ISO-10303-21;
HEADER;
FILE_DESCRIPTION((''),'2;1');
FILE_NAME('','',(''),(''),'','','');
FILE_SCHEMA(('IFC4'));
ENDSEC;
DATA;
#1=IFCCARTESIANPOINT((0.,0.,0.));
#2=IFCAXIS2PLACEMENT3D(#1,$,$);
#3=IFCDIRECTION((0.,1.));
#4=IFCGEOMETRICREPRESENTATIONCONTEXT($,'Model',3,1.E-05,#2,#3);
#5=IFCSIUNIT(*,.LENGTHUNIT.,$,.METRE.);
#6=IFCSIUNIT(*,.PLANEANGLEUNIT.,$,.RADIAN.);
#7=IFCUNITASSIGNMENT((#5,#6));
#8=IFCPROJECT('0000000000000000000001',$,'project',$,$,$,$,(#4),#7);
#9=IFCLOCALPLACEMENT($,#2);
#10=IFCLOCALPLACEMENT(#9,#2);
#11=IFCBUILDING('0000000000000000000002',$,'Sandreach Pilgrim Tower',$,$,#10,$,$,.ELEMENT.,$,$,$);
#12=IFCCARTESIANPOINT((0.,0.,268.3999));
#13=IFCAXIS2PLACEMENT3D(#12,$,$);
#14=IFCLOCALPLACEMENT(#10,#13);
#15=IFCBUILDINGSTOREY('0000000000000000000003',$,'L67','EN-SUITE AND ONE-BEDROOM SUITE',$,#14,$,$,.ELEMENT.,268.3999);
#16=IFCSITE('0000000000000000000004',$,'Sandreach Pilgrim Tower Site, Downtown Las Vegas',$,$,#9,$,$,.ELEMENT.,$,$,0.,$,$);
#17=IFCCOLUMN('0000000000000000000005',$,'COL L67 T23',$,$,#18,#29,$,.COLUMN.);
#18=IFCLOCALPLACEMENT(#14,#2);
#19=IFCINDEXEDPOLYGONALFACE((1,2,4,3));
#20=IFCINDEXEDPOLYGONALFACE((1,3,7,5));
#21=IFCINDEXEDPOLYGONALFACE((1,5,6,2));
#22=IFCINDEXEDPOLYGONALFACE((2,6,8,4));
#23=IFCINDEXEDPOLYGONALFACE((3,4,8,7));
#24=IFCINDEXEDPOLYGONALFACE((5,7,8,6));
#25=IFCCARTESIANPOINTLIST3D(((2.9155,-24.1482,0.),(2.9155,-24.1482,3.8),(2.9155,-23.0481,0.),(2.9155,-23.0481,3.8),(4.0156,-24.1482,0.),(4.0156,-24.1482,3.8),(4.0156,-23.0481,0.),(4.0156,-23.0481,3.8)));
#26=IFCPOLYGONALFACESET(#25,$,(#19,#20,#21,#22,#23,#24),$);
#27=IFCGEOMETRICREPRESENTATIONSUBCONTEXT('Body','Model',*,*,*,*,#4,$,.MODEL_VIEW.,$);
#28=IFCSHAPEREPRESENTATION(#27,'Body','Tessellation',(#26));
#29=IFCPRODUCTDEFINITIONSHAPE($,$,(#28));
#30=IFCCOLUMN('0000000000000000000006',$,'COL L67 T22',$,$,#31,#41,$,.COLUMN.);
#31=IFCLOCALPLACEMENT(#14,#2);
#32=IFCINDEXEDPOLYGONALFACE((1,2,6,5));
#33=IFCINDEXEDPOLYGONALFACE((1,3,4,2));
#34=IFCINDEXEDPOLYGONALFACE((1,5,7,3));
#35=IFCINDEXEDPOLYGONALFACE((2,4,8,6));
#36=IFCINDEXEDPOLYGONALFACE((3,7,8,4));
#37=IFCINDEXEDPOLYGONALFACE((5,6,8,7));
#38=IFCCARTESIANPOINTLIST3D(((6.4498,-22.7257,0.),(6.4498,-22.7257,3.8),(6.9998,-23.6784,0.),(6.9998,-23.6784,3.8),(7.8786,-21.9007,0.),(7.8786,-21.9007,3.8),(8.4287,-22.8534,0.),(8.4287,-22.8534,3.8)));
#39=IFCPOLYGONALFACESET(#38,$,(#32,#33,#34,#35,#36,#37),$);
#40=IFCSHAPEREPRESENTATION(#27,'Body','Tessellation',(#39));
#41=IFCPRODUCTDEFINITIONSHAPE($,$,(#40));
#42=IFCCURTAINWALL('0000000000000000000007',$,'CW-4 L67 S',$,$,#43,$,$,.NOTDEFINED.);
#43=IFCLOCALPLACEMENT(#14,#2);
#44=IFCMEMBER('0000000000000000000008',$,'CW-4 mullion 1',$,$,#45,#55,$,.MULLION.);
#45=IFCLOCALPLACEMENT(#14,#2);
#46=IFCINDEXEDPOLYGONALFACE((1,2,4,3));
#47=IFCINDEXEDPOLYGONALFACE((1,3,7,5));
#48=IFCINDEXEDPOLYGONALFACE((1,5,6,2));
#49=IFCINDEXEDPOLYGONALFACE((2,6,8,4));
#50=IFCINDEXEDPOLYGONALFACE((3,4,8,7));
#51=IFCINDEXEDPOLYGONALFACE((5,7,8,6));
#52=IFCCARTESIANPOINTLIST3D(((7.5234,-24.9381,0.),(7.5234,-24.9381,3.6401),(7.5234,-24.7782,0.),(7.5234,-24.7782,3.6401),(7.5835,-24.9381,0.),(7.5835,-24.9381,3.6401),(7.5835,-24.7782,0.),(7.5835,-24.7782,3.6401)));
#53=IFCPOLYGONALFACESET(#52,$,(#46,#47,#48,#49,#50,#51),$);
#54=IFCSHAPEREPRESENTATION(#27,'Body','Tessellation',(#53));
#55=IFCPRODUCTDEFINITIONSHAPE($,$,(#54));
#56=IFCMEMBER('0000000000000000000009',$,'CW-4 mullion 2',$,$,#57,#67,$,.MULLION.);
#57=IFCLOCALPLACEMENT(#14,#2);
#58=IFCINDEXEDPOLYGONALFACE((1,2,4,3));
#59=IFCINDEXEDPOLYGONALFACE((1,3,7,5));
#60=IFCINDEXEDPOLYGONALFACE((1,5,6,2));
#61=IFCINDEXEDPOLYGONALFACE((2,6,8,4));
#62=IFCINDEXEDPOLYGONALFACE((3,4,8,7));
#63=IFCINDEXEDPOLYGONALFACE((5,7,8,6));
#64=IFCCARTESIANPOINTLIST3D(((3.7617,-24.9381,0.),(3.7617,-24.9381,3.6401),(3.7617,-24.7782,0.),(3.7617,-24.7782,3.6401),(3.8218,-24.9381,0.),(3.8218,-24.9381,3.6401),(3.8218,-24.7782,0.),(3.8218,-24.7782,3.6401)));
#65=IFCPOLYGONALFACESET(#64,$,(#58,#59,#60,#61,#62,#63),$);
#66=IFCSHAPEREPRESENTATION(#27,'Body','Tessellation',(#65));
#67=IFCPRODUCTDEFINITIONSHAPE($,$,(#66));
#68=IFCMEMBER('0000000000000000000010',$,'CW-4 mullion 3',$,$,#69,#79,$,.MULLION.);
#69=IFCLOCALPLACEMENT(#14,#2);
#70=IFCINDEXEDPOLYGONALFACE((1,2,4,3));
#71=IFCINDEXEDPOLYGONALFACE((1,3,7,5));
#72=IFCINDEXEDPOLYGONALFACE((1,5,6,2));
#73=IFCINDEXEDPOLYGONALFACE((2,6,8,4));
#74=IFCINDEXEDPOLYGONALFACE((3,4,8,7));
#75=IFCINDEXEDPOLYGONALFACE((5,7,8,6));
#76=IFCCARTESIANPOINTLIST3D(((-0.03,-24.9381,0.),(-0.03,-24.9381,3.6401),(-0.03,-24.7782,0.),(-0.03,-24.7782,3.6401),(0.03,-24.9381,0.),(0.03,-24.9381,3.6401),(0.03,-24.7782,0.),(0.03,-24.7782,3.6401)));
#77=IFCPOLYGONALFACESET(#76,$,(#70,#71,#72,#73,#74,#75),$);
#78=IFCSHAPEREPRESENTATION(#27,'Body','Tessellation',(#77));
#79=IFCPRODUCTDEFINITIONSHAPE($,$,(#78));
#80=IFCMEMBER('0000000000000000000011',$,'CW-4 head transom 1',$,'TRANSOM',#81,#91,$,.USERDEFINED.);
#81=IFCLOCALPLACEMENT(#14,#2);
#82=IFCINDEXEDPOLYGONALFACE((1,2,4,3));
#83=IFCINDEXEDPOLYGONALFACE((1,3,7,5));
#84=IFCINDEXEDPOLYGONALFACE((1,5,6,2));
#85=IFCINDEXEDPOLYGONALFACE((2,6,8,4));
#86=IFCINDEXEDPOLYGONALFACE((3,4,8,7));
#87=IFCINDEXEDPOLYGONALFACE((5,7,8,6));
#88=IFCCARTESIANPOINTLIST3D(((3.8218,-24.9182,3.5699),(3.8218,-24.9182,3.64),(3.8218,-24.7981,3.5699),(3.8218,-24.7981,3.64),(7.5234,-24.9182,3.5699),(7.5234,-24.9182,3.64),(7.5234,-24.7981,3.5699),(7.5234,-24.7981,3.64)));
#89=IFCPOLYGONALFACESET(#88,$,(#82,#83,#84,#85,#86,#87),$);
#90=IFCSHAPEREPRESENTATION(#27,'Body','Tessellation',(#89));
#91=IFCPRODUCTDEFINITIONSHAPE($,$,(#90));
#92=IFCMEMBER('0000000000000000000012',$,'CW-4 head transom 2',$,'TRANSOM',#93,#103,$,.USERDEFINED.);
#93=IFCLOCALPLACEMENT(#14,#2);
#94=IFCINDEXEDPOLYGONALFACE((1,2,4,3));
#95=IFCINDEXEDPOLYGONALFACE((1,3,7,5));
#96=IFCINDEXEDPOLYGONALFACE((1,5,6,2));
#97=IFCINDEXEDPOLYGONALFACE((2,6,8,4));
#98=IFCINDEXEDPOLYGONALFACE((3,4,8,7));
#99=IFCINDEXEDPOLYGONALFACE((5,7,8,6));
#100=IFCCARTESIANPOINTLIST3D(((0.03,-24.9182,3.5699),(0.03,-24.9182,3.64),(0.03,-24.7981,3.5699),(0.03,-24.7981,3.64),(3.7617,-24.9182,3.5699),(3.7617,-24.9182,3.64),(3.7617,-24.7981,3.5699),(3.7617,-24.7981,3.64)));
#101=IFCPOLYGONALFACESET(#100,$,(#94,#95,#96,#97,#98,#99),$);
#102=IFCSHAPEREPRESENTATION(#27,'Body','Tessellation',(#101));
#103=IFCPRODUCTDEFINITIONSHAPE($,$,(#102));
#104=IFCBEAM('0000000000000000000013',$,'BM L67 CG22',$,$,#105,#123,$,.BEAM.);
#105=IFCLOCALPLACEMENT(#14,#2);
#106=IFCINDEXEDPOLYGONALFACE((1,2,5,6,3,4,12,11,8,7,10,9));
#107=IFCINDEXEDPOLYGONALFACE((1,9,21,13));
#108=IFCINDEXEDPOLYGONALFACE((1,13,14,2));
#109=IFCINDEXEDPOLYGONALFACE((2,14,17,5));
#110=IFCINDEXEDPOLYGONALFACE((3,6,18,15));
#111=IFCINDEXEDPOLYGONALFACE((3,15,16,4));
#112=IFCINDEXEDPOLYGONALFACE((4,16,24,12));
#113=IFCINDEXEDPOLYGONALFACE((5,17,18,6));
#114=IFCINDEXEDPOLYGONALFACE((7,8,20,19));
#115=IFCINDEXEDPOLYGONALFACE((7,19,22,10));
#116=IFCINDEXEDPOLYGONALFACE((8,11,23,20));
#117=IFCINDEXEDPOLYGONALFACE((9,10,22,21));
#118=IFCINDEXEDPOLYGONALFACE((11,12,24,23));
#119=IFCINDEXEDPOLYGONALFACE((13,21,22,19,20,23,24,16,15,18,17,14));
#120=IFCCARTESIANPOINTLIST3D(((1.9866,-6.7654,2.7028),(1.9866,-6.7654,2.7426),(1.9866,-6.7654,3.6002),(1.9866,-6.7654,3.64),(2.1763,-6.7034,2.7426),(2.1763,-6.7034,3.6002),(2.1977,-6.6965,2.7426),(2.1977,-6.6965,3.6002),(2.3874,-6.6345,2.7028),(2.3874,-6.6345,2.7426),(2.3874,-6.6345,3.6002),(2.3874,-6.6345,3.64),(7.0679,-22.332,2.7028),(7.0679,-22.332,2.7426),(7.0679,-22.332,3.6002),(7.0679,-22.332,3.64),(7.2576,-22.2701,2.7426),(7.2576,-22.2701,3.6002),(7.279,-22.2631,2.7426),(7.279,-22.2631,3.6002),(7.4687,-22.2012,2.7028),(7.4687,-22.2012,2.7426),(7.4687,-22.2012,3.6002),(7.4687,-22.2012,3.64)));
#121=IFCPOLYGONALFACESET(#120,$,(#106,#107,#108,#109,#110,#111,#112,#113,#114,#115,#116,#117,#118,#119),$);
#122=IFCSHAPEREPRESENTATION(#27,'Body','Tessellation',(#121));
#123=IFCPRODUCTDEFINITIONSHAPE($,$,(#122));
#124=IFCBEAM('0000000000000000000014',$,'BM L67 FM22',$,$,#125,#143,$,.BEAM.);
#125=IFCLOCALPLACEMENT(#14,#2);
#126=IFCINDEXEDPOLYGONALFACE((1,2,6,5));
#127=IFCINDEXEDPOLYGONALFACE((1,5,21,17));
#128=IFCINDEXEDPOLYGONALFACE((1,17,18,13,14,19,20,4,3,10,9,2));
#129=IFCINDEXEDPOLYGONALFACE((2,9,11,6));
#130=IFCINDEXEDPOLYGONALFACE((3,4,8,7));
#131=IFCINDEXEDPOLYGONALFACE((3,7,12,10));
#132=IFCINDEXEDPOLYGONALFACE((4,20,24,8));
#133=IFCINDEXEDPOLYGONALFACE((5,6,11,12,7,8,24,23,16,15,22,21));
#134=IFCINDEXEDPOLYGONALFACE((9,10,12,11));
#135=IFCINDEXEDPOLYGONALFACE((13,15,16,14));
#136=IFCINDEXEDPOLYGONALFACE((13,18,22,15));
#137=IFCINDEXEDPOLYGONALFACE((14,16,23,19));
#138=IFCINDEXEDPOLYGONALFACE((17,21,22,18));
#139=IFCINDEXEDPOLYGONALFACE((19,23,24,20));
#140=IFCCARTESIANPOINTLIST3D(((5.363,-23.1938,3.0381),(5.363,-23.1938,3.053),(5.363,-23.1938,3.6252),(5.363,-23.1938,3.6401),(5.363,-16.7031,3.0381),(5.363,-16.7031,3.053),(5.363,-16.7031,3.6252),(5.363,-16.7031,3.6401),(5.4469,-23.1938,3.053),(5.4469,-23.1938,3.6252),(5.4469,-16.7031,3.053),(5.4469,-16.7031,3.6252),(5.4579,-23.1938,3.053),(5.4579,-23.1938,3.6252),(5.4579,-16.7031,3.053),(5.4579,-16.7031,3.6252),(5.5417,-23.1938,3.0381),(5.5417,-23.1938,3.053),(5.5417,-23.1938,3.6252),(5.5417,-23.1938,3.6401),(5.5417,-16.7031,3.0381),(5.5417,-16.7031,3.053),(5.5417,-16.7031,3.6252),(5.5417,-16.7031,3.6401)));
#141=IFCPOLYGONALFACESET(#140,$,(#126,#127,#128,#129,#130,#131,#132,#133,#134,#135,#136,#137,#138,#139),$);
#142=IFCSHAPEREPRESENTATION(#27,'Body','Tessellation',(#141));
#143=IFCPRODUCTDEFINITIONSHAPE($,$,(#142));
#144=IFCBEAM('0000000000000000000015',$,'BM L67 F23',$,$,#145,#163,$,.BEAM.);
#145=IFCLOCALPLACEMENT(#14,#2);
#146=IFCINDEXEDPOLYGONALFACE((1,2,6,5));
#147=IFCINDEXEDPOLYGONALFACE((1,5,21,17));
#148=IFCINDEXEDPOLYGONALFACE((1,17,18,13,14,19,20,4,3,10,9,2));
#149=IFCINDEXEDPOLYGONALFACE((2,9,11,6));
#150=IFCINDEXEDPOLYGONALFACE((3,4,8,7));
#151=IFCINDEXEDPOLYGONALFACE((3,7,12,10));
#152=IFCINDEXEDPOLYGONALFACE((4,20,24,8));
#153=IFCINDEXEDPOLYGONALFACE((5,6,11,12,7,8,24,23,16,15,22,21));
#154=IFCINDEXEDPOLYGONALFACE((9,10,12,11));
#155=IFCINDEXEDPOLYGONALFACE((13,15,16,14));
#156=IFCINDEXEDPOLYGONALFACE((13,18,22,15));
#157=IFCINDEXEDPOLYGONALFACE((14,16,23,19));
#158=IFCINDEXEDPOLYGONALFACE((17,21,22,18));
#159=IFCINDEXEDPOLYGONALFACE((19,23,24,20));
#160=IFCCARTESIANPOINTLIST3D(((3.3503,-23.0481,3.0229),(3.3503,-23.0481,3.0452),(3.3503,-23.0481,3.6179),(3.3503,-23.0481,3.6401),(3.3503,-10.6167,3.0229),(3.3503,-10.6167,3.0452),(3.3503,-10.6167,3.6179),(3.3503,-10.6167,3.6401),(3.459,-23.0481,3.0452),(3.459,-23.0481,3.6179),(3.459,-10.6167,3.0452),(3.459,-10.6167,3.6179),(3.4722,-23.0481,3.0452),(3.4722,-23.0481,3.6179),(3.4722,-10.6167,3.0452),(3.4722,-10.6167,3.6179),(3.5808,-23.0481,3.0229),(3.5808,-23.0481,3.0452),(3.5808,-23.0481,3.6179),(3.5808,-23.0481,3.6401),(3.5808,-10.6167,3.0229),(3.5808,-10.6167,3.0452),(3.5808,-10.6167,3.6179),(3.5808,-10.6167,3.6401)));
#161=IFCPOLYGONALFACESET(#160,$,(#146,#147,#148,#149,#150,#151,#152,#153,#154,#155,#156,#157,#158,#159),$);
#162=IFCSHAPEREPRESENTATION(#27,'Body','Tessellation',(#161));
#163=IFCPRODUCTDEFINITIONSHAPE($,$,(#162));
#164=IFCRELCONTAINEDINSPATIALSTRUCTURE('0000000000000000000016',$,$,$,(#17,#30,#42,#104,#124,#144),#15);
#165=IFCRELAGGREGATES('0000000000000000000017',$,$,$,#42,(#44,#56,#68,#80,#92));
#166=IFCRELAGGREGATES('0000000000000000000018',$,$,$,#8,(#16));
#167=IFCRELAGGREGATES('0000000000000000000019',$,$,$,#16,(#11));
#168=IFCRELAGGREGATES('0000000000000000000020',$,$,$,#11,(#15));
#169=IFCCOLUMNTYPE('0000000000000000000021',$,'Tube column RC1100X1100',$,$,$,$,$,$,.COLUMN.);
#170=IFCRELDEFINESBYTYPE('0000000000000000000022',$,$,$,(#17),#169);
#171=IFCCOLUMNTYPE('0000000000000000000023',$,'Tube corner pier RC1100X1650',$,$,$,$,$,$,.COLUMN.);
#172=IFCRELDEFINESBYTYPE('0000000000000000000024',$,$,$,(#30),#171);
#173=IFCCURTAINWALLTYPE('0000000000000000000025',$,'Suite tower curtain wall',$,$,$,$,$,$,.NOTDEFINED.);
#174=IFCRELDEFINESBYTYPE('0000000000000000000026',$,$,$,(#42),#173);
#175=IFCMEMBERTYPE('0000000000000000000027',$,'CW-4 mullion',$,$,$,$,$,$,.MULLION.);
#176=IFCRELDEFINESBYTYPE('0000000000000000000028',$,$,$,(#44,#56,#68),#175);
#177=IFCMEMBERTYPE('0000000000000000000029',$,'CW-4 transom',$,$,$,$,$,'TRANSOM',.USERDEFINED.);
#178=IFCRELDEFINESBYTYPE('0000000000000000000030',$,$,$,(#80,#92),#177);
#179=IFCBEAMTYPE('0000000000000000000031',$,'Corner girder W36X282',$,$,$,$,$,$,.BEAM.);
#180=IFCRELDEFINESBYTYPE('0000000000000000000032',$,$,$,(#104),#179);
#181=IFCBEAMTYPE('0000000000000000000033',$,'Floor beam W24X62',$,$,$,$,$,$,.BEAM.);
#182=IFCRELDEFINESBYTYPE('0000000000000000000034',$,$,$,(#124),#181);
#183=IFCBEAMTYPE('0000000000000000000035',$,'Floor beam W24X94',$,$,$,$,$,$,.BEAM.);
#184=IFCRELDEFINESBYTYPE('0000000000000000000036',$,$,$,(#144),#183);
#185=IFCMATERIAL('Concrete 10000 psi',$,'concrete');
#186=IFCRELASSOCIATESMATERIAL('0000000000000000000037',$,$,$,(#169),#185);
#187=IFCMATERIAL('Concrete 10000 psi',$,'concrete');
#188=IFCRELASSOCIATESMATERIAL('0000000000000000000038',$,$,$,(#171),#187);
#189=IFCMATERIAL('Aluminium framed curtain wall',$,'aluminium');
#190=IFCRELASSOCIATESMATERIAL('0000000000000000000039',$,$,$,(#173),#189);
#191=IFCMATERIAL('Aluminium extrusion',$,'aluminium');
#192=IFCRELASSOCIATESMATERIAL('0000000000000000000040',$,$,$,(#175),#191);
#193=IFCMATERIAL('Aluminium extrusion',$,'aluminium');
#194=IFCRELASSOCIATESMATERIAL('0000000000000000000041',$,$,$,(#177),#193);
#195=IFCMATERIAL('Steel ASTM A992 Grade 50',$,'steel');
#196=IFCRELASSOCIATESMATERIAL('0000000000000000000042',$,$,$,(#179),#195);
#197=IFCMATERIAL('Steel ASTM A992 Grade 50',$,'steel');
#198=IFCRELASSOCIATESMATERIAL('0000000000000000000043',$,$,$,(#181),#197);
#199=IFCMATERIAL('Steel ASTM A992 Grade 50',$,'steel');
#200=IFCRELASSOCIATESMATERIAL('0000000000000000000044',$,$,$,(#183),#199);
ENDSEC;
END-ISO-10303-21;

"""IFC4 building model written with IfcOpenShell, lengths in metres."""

from ifc_helpers import new_model, si_unit, direction, frame, origin, origin_2d, place, context, subcontext, project, spatial, rectangle, i_section, extrude, material, material_profile, profile_set, type_object, element, aggregate, save


model = new_model("IFC4")

# Units and contexts
model_context = context("Model", 3, precision=1e-05, world=origin(), true_north=direction((0.0, 1.0)))
body_context = subcontext(model_context, "Body", "Model", "MODEL_VIEW")
ifc_project = project(units=[si_unit("LENGTHUNIT", "METRE"), si_unit("PLANEANGLEUNIT", "RADIAN")], contexts=[model_context])

# Site, building, storey
site_placement = place(None, origin())
site = spatial("IfcSite", under=ifc_project, at=site_placement, Name="Sandreach Pilgrim Tower Site, Downtown Las Vegas", CompositionType="ELEMENT", RefElevation=0.0)
building_placement = place(site_placement, origin())
building = spatial("IfcBuilding", under=site, at=building_placement, Name="Sandreach Pilgrim Tower", CompositionType="ELEMENT")
storey_placement = place(building_placement, frame((0.0, 0.0, 268.3999)))
storey = spatial("IfcBuildingStorey", under=building, at=storey_placement, Name="L67", Description="EN-SUITE AND ONE-BEDROOM SUITE", CompositionType="ELEMENT", Elevation=268.3999)

# Columns
ifc_material_1 = material(Name="Concrete 10000 psi", Category="concrete")
ifc_material_profile_1 = material_profile(ifc_material_1, rectangle(XDim=1.1001, YDim=1.1001, at=origin_2d()), Name="RC1100X1100")
ifc_profile_set_1 = profile_set([ifc_material_profile_1], Name="Concrete 10000 psi")
column_type_1 = type_object("IfcColumnType", Name="Tube column RC1100X1100", PredefinedType="COLUMN", material=ifc_profile_set_1)
column_1_placement = place(storey_placement, frame((3.4656, -23.5981, 0.0), z_axis=(0.0, 0.0, 1.0), x_axis=(0.0, -1.0, 0.0)))
element("IfcColumn", 1, at=column_1_placement, inside=storey, type_object=column_type_1, Name="COL L67 T23", PredefinedType="COLUMN", context=body_context, shape_type="SweptSolid", body=[
    extrude(rectangle(XDim=1.1001, YDim=1.1001, at=origin_2d()), origin(), (0.0, 0.0, 1.0), 3.8),
])
ifc_material_2 = material(Name="Concrete 10000 psi", Category="concrete")
ifc_material_profile_2 = material_profile(ifc_material_2, rectangle(XDim=1.1001, YDim=1.6499, at=origin_2d()), Name="RC1100X1650")
ifc_profile_set_2 = profile_set([ifc_material_profile_2], Name="Concrete 10000 psi")
column_type_2 = type_object("IfcColumnType", Name="Tube corner pier RC1100X1650", PredefinedType="COLUMN", material=ifc_profile_set_2)
column_2_placement = place(storey_placement, frame((7.4392, -22.7896, 0.0), z_axis=(0.0, 0.0, 1.0), x_axis=(0.5, -0.866025, 0.0)))
element("IfcColumn", 2, at=column_2_placement, inside=storey, type_object=column_type_2, Name="COL L67 T22", PredefinedType="COLUMN", context=body_context, shape_type="SweptSolid", body=[
    extrude(rectangle(XDim=1.1001, YDim=1.6499, at=origin_2d()), origin(), (0.0, 0.0, 1.0), 3.8),
])

# Curtain wall, members
ifc_material_3 = material(Name="Aluminium framed curtain wall", Category="aluminium")
curtain_wall_type = type_object("IfcCurtainWallType", Name="Suite tower curtain wall", PredefinedType="NOTDEFINED", material=ifc_material_3)
curtain_wall_placement = place(storey_placement, origin())
curtain_wall = element("IfcCurtainWall", 3, at=curtain_wall_placement, inside=storey, type_object=curtain_wall_type, Name="CW-4 L67 S", PredefinedType="NOTDEFINED")
ifc_material_4 = material(Name="Aluminium extrusion", Category="aluminium")
ifc_material_profile_3 = material_profile(ifc_material_4, rectangle(XDim=0.0601, YDim=0.1599, at=origin_2d()), Name="CW-4M 60X160")
ifc_profile_set_3 = profile_set([ifc_material_profile_3], Name="Aluminium extrusion")
member_type_1 = type_object("IfcMemberType", Name="CW-4 mullion", PredefinedType="MULLION", material=ifc_profile_set_3)
member_1_placement = place(storey_placement, frame((7.5535, -24.8582, 0.0), z_axis=(0.0, 0.0, 1.0), x_axis=(-1.0, 0.0, 0.0)))
member_1 = element("IfcMember", 4, at=member_1_placement, type_object=member_type_1, Name="CW-4 mullion 1", PredefinedType="MULLION", context=body_context, shape_type="SweptSolid", body=[
    extrude(rectangle(XDim=0.0601, YDim=0.1599, at=origin_2d()), origin(), (0.0, 0.0, 1.0), 3.6401),
])
member_2_placement = place(storey_placement, frame((3.7917, -24.8582, 0.0), z_axis=(0.0, 0.0, 1.0), x_axis=(-1.0, 0.0, 0.0)))
member_2 = element("IfcMember", 5, at=member_2_placement, type_object=member_type_1, Name="CW-4 mullion 2", PredefinedType="MULLION", context=body_context, shape_type="SweptSolid", body=[
    extrude(rectangle(XDim=0.0601, YDim=0.1599, at=origin_2d()), origin(), (0.0, 0.0, 1.0), 3.6401),
])
member_3_placement = place(storey_placement, frame((0.0, -24.8582, 0.0), z_axis=(0.0, 0.0, 1.0), x_axis=(-1.0, 0.0, 0.0)))
member_3 = element("IfcMember", 6, at=member_3_placement, type_object=member_type_1, Name="CW-4 mullion 3", PredefinedType="MULLION", context=body_context, shape_type="SweptSolid", body=[
    extrude(rectangle(XDim=0.0601, YDim=0.1599, at=origin_2d()), origin(), (0.0, 0.0, 1.0), 3.6401),
])
ifc_material_5 = material(Name="Aluminium extrusion", Category="aluminium")
ifc_material_profile_4 = material_profile(ifc_material_5, rectangle(XDim=0.1201, YDim=0.0701, at=origin_2d()), Name="CW-4T 120X70")
ifc_profile_set_4 = profile_set([ifc_material_profile_4], Name="Aluminium extrusion")
member_type_2 = type_object("IfcMemberType", Name="CW-4 transom", ElementType="TRANSOM", PredefinedType="USERDEFINED", material=ifc_profile_set_4)
member_4_placement = place(storey_placement, frame((7.5234, -24.8582, 3.605), z_axis=(-1.0, 0.0, 0.0), x_axis=(0.0, -1.0, 0.0)))
member_4 = element("IfcMember", 7, at=member_4_placement, type_object=member_type_2, Name="CW-4 head transom 1", ObjectType="TRANSOM", PredefinedType="USERDEFINED", context=body_context, shape_type="SweptSolid", body=[
    extrude(rectangle(XDim=0.1201, YDim=0.0701, at=origin_2d()), origin(), (0.0, 0.0, 1.0), 3.7017),
])
member_5_placement = place(storey_placement, frame((3.7617, -24.8582, 3.605), z_axis=(-1.0, 0.0, 0.0), x_axis=(0.0, -1.0, 0.0)))
member_5 = element("IfcMember", 8, at=member_5_placement, type_object=member_type_2, Name="CW-4 head transom 2", ObjectType="TRANSOM", PredefinedType="USERDEFINED", context=body_context, shape_type="SweptSolid", body=[
    extrude(rectangle(XDim=0.1201, YDim=0.0701, at=origin_2d()), origin(), (0.0, 0.0, 1.0), 3.7317),
])

# Beams
ifc_material_6 = material(Name="Steel ASTM A992 Grade 50", Category="steel")
ifc_material_profile_5 = material_profile(ifc_material_6, i_section(OverallWidth=0.4216, OverallDepth=0.9373, WebThickness=0.0225, FlangeThickness=0.0398, at=origin_2d()), Name="W36X282")
ifc_profile_set_5 = profile_set([ifc_material_profile_5], Name="Steel ASTM A992 Grade 50")
beam_type_1 = type_object("IfcBeamType", Name="Corner girder W36X282", PredefinedType="BEAM", material=ifc_profile_set_5)
beam_1_placement = place(storey_placement, frame((7.2683, -22.2666, 3.1714), z_axis=(-0.310309, 0.950636, 0.0), x_axis=(-0.950636, -0.310309, 0.0)))
element("IfcBeam", 9, at=beam_1_placement, inside=storey, type_object=beam_type_1, Name="BM L67 CG22", PredefinedType="BEAM", context=body_context, shape_type="SweptSolid", body=[
    extrude(i_section(OverallWidth=0.4216, OverallDepth=0.9373, WebThickness=0.0225, FlangeThickness=0.0398, at=origin_2d()), origin(), (0.0, 0.0, 1.0), 16.375),
])
ifc_material_7 = material(Name="Steel ASTM A992 Grade 50", Category="steel")
ifc_material_profile_6 = material_profile(ifc_material_7, i_section(OverallWidth=0.1787, OverallDepth=0.6021, WebThickness=0.011, FlangeThickness=0.0149, at=origin_2d()), Name="W24X62")
ifc_profile_set_6 = profile_set([ifc_material_profile_6], Name="Steel ASTM A992 Grade 50")
beam_type_2 = type_object("IfcBeamType", Name="Floor beam W24X62", PredefinedType="BEAM", material=ifc_profile_set_6)
beam_2_placement = place(storey_placement, frame((5.4524, -23.1938, 3.3391), z_axis=(0.0, 1.0, 0.0), x_axis=(-1.0, 0.0, 0.0)))
element("IfcBeam", 10, at=beam_2_placement, inside=storey, type_object=beam_type_2, Name="BM L67 FM22", PredefinedType="BEAM", context=body_context, shape_type="SweptSolid", body=[
    extrude(i_section(OverallWidth=0.1787, OverallDepth=0.6021, WebThickness=0.011, FlangeThickness=0.0149, at=origin_2d()), origin(), (0.0, 0.0, 1.0), 6.4907),
])
ifc_material_8 = material(Name="Steel ASTM A992 Grade 50", Category="steel")
ifc_material_profile_7 = material_profile(ifc_material_8, i_section(OverallWidth=0.2305, OverallDepth=0.6172, WebThickness=0.0132, FlangeThickness=0.0222, at=origin_2d()), Name="W24X94")
ifc_profile_set_7 = profile_set([ifc_material_profile_7], Name="Steel ASTM A992 Grade 50")
beam_type_3 = type_object("IfcBeamType", Name="Floor beam W24X94", PredefinedType="BEAM", material=ifc_profile_set_7)
beam_3_placement = place(storey_placement, frame((3.4656, -23.0481, 3.3315), z_axis=(0.0, 1.0, 0.0), x_axis=(-1.0, 0.0, 0.0)))
element("IfcBeam", 11, at=beam_3_placement, inside=storey, type_object=beam_type_3, Name="BM L67 F23", PredefinedType="BEAM", context=body_context, shape_type="SweptSolid", body=[
    extrude(i_section(OverallWidth=0.2305, OverallDepth=0.6172, WebThickness=0.0132, FlangeThickness=0.0222, at=origin_2d()), origin(), (0.0, 0.0, 1.0), 12.4314),
])

aggregate(curtain_wall, [member_1, member_2, member_3, member_4, member_5])

save(model, "model.ifc")
